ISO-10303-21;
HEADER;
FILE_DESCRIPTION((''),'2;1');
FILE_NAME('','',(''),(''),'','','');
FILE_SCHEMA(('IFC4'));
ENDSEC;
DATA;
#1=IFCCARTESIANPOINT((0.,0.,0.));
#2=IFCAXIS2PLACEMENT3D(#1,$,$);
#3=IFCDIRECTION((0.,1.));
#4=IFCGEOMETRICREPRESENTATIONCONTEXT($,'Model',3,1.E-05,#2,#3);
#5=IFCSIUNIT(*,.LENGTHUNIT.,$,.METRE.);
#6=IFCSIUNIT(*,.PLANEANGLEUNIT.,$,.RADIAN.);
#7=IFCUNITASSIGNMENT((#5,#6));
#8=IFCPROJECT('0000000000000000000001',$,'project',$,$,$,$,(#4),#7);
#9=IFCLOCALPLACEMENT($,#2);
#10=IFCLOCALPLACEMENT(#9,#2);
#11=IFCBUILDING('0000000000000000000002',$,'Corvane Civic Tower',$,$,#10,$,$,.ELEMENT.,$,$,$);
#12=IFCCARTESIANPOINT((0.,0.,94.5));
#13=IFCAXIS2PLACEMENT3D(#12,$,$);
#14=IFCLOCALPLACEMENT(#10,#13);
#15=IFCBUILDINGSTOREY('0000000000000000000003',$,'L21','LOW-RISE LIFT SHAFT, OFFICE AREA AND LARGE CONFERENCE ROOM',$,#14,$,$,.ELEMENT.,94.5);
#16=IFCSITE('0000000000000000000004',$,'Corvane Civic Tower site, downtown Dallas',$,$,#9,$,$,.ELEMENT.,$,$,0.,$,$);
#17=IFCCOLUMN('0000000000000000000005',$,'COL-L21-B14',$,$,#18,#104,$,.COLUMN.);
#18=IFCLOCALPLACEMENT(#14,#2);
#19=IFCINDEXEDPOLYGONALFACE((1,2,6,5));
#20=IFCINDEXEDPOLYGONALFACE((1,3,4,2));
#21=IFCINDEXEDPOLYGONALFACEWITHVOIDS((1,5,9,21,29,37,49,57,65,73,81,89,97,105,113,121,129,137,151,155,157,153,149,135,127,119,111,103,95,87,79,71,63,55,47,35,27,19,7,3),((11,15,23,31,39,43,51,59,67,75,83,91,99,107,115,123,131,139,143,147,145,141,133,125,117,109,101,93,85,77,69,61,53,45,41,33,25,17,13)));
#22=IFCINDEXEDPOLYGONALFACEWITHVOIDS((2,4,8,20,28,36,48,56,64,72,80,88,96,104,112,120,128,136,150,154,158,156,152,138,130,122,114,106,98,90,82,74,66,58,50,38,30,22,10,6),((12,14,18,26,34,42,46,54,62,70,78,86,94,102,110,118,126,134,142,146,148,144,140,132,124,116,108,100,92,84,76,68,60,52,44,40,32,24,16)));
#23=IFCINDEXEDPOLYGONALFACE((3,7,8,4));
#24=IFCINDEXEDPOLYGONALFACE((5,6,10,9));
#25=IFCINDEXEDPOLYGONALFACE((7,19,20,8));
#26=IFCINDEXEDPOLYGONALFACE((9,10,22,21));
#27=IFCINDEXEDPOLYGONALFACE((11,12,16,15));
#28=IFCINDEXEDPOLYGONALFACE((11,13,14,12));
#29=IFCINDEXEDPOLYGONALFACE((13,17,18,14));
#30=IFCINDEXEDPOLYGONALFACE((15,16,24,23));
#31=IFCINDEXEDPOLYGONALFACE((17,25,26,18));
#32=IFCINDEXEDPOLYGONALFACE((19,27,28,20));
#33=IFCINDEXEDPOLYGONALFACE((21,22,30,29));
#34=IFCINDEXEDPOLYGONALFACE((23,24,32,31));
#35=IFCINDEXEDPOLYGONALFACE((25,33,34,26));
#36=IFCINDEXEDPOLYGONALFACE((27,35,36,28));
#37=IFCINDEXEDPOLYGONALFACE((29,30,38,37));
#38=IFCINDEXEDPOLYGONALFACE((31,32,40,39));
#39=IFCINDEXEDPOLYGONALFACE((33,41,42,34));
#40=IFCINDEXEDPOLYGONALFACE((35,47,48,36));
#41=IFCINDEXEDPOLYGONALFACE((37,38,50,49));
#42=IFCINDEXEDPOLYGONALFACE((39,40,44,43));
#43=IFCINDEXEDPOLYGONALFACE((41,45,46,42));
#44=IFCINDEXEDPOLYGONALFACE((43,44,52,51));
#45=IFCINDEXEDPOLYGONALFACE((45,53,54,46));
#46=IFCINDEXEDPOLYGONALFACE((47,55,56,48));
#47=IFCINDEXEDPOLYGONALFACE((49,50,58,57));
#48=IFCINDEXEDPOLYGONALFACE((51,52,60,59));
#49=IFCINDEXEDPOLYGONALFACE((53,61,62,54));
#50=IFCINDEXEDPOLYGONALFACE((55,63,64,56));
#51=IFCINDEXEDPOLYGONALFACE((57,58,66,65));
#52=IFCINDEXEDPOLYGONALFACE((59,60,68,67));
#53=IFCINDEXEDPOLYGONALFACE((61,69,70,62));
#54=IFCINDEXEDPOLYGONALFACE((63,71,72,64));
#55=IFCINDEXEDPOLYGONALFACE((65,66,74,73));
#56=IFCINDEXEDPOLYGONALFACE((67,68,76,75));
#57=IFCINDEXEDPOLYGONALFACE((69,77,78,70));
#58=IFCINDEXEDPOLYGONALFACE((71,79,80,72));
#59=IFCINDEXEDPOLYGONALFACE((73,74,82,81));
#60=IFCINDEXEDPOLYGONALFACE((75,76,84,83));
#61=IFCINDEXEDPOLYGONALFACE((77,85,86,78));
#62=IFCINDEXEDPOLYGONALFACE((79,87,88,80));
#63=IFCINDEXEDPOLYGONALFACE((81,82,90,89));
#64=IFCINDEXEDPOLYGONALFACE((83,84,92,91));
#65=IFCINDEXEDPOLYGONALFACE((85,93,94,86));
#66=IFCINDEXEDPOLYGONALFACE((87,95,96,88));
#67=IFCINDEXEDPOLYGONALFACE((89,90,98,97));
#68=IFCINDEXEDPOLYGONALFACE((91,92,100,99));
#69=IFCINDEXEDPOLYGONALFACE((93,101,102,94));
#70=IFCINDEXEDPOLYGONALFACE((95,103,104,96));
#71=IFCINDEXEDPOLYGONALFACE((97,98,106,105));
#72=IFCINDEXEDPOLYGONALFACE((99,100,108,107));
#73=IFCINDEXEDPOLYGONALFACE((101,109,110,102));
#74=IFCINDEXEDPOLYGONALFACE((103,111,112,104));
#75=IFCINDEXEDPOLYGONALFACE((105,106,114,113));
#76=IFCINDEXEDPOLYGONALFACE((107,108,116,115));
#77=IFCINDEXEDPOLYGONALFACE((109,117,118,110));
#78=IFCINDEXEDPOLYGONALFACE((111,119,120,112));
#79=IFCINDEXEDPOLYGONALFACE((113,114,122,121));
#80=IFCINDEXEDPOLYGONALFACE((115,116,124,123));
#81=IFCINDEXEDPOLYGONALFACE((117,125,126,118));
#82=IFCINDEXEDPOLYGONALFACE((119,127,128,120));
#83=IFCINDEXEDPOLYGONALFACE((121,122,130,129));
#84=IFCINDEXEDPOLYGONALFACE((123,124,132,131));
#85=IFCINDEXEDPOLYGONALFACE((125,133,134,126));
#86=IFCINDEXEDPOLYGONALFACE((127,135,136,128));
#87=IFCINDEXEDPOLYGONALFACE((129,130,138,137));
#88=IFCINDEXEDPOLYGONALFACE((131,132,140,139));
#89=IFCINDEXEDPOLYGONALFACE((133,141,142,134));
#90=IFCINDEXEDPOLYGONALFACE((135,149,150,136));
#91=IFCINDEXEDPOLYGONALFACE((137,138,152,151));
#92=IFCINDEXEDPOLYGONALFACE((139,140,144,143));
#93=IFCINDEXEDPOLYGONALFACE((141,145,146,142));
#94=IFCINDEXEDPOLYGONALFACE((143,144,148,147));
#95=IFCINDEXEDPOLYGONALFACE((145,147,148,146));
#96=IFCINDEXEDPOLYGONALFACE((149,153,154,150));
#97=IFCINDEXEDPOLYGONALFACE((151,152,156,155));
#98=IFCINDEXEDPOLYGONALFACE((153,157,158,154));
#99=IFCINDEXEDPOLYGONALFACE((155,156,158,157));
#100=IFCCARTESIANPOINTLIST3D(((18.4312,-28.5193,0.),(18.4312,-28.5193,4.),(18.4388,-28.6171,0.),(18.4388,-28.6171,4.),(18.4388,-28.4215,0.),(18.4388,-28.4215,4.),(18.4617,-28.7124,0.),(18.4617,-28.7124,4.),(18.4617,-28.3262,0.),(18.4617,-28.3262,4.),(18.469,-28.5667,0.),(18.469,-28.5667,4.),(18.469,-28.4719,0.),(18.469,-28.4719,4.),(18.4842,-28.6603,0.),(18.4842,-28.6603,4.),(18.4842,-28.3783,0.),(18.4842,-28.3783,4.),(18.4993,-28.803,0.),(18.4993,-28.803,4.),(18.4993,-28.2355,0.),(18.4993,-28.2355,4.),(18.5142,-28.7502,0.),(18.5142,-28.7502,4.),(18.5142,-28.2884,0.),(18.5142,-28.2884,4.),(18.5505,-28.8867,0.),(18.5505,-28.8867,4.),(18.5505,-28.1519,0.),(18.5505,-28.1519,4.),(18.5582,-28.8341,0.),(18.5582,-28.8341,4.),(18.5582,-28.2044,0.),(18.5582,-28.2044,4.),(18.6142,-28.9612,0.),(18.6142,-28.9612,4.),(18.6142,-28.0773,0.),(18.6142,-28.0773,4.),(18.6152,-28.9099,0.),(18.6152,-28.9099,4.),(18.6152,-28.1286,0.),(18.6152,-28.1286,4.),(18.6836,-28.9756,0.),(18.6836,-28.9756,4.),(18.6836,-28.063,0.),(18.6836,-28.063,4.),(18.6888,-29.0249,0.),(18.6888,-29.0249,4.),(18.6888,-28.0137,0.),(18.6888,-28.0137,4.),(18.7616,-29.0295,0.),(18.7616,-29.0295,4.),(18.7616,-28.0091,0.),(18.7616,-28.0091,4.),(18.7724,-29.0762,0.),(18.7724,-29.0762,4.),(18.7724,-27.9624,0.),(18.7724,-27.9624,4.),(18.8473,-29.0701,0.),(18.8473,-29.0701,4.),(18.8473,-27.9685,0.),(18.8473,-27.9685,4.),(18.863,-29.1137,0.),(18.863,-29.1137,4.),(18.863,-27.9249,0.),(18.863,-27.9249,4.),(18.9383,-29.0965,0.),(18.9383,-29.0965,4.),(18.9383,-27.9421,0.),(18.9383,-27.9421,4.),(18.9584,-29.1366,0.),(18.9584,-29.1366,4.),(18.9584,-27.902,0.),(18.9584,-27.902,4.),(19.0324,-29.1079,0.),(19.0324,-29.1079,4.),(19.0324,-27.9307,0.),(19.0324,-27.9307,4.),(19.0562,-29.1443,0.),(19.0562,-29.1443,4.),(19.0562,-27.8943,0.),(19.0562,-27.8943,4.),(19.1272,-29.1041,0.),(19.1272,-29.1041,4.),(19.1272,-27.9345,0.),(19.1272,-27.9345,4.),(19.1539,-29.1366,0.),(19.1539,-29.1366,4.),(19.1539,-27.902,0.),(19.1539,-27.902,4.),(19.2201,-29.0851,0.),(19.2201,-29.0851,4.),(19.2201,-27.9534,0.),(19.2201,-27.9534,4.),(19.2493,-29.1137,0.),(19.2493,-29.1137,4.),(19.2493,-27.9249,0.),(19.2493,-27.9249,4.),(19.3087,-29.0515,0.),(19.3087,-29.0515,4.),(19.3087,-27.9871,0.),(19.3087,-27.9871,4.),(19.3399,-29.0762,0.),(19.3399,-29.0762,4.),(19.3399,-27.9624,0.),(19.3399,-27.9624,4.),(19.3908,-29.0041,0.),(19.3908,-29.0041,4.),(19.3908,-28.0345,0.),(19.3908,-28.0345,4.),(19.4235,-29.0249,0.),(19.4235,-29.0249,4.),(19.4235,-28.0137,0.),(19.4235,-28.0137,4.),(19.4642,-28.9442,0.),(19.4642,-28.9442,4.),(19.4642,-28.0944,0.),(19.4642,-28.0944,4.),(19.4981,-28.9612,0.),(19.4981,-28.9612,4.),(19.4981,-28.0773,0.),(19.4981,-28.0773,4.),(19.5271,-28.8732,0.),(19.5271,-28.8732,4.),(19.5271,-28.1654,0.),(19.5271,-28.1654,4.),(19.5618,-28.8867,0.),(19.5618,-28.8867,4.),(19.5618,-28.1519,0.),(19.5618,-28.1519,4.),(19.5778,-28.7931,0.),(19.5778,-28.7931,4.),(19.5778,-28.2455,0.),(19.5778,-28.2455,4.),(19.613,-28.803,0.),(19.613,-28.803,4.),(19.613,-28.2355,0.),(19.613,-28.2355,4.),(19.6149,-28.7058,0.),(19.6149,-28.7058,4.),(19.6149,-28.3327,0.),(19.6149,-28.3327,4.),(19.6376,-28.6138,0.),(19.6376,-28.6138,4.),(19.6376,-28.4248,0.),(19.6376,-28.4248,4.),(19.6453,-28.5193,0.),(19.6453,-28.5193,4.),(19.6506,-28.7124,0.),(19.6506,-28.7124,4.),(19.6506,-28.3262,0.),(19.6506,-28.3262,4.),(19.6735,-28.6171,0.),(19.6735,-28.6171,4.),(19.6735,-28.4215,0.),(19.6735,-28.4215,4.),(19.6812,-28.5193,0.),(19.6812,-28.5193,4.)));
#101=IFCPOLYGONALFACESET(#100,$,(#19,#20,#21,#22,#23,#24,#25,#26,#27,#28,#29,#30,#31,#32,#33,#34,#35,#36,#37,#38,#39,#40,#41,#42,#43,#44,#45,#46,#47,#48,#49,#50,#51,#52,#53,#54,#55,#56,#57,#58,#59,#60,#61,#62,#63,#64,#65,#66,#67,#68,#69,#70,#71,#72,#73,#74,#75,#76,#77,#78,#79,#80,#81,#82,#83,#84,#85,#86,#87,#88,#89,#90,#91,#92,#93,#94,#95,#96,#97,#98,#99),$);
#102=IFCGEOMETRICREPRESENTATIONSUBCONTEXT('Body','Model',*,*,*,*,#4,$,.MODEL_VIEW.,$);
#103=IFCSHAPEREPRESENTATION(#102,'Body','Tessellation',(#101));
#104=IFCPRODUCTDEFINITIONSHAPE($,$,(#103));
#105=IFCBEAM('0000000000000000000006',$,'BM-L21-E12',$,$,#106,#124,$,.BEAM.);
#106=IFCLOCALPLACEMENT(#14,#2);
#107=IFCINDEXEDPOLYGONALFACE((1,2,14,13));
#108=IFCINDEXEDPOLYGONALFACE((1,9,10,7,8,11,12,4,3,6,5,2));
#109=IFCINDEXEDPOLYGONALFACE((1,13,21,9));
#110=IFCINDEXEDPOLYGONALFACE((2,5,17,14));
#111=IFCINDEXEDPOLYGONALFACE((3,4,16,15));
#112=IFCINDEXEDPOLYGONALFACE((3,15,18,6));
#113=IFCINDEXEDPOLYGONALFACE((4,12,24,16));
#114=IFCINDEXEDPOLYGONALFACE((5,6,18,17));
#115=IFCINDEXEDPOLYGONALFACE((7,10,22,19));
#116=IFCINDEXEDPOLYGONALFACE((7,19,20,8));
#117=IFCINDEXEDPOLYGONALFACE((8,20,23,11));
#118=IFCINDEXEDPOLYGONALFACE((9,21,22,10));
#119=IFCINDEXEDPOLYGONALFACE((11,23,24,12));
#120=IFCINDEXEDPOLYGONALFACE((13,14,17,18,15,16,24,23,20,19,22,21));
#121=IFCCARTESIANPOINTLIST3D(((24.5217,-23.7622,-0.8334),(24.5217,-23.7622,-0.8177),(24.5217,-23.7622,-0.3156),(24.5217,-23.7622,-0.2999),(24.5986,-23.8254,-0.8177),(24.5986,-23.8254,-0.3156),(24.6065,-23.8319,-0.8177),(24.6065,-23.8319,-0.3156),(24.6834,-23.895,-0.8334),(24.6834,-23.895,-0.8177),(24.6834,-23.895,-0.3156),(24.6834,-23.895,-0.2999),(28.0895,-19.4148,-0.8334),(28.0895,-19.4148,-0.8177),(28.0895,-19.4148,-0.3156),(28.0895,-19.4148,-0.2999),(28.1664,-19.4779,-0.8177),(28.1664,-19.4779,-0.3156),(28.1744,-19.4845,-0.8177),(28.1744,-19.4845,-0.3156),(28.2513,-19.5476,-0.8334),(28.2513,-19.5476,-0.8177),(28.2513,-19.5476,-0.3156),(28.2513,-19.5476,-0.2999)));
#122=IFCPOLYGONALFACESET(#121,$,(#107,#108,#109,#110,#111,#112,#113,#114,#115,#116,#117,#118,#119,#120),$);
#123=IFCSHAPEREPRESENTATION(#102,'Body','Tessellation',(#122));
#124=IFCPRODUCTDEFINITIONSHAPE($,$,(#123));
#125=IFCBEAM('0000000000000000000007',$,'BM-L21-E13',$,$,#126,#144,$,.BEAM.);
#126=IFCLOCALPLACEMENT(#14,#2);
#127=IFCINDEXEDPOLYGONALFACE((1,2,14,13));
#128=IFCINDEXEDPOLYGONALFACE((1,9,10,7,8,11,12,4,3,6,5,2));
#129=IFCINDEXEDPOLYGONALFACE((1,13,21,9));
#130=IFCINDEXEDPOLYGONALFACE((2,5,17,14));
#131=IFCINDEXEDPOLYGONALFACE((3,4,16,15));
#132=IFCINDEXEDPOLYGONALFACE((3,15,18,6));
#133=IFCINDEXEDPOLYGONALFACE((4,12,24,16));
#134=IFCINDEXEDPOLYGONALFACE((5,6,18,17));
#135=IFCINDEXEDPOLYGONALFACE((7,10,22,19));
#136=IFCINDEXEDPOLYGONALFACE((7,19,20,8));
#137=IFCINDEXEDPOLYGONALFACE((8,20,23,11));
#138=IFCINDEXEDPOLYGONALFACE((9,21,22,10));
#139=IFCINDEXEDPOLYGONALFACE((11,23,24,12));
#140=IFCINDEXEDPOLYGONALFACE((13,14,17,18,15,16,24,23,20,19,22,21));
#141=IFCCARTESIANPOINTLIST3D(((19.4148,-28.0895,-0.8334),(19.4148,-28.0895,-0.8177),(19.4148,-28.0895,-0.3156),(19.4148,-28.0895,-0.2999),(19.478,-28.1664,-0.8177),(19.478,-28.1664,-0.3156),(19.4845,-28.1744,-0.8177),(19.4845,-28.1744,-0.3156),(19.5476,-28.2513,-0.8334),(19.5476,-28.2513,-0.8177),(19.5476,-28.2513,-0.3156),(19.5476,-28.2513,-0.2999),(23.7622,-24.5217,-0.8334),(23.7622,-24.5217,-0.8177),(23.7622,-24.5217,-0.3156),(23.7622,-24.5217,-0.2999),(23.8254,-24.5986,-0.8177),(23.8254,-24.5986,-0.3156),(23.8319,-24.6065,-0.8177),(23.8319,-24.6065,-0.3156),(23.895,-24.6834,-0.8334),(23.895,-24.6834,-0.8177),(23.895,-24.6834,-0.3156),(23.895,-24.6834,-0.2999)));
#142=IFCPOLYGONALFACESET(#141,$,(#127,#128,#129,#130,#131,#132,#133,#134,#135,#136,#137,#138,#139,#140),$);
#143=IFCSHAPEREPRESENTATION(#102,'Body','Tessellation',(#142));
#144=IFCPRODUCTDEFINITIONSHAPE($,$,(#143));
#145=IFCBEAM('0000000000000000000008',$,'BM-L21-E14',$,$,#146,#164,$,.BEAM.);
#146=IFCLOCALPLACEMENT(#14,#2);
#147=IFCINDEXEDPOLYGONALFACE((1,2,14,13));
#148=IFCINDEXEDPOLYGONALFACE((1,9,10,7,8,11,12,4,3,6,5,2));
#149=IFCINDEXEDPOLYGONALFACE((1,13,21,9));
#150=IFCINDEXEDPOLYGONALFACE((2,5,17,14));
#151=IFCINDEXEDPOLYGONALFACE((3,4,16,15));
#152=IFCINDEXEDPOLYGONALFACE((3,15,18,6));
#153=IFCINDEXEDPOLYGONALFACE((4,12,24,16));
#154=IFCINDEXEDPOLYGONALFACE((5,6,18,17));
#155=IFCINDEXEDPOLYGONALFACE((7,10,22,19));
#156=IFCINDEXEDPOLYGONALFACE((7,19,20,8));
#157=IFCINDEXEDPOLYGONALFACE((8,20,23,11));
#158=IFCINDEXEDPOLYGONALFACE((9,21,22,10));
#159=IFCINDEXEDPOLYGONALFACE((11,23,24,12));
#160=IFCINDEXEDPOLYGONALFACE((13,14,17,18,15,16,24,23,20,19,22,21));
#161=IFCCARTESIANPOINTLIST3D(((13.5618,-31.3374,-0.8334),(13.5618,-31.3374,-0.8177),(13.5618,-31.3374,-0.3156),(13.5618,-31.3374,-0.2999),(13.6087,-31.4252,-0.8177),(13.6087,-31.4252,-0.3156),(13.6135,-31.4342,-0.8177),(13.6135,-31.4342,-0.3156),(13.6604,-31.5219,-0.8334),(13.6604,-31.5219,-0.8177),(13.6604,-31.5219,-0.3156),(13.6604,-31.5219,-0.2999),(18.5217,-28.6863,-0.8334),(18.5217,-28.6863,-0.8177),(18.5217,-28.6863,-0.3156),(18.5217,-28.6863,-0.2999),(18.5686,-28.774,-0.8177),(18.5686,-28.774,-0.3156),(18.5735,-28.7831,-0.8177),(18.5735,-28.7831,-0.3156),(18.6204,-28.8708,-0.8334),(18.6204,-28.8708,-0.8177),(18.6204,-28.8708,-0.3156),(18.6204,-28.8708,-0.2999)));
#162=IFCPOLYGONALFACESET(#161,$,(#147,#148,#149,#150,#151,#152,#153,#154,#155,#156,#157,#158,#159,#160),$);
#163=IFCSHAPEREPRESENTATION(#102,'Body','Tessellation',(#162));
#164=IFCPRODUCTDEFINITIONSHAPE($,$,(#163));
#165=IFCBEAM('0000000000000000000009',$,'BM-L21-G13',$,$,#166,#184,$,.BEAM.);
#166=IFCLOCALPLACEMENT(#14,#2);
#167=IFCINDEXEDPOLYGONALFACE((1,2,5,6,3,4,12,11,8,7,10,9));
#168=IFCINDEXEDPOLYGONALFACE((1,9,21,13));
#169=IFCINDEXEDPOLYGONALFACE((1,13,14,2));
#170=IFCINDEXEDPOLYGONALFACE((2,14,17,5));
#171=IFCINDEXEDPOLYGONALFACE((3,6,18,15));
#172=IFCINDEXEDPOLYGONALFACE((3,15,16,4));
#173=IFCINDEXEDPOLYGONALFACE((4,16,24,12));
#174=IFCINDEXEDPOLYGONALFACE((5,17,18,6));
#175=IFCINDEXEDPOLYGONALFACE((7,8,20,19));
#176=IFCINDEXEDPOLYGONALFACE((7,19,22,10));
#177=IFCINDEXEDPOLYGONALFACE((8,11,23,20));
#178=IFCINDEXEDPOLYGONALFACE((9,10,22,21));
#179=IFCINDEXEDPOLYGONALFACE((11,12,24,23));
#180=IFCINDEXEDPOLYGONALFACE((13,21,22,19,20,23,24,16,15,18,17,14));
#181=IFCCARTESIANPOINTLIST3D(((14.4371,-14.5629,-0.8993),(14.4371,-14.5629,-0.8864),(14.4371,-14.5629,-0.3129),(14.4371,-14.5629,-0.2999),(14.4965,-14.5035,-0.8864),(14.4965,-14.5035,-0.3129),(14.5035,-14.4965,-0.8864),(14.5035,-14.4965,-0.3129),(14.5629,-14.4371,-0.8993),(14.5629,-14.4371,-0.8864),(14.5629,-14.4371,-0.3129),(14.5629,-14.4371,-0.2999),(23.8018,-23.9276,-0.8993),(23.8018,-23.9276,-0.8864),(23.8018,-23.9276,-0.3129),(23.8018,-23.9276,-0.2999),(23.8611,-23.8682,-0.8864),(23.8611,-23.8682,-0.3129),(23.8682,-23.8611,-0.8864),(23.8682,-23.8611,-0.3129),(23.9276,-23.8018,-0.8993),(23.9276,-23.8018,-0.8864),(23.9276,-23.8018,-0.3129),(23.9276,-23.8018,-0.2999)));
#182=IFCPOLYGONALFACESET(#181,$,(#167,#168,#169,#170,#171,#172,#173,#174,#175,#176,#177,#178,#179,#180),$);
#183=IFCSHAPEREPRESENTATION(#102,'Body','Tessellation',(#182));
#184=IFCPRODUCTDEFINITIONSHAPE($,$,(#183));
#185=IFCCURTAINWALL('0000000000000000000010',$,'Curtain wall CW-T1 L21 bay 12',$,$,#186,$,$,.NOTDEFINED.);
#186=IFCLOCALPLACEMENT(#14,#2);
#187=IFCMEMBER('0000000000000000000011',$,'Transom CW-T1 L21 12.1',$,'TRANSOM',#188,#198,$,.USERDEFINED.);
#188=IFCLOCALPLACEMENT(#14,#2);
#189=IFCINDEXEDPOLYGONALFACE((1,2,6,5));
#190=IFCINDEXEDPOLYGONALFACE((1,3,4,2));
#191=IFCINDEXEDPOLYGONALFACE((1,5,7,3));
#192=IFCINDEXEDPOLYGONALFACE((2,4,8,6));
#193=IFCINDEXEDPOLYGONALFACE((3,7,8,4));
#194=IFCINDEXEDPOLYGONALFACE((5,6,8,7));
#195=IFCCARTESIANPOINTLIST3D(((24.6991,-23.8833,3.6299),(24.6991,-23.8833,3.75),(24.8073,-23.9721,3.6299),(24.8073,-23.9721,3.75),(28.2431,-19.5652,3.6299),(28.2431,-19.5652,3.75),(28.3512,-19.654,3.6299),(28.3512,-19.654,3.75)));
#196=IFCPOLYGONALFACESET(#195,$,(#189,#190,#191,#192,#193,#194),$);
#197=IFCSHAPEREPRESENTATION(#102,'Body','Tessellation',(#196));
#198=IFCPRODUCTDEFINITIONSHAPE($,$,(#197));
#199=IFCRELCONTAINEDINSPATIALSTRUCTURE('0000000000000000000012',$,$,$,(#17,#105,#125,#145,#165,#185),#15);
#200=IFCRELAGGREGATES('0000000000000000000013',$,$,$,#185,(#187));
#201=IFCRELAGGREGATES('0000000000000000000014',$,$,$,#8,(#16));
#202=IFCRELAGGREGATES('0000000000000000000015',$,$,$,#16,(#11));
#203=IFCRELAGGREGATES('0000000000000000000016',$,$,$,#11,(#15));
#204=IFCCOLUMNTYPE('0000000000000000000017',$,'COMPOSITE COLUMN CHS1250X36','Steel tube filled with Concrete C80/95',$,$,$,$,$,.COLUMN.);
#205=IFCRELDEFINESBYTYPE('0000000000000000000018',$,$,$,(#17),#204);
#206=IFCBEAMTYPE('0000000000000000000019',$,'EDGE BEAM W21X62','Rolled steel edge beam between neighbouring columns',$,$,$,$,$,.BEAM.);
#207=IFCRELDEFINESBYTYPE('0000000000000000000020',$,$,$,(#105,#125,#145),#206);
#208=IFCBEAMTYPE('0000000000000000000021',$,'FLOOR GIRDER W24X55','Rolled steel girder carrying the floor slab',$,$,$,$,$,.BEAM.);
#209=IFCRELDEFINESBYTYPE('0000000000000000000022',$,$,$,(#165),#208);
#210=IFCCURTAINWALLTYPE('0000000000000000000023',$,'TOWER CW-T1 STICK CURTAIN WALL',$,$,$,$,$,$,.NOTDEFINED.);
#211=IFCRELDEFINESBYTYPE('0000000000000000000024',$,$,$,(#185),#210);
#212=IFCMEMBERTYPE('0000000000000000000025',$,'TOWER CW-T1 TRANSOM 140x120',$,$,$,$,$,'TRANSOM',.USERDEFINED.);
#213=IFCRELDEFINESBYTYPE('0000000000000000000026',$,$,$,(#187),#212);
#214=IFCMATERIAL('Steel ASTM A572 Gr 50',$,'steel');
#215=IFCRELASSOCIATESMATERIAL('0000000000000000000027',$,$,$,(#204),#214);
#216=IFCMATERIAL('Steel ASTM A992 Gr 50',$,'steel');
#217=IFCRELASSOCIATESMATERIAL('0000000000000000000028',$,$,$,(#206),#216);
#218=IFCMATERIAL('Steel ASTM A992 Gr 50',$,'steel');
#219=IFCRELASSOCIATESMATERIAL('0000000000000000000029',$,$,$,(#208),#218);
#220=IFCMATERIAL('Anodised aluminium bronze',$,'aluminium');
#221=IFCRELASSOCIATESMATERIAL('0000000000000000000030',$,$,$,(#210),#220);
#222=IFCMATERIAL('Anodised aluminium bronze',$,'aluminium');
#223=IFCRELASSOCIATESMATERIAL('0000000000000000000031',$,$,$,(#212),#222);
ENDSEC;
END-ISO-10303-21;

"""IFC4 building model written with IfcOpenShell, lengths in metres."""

from ifc_helpers import new_model, si_unit, direction, frame, origin, origin_2d, place, context, subcontext, project, spatial, rectangle, hollow_circle, i_section, extrude, material, material_profile, profile_set, type_object, element, aggregate, save


model = new_model("IFC4")

# Units and contexts
model_context = context("Model", 3, precision=1e-05, world=origin(), true_north=direction((0.0, 1.0)))
body_context = subcontext(model_context, "Body", "Model", "MODEL_VIEW")
ifc_project = project(units=[si_unit("LENGTHUNIT", "METRE"), si_unit("PLANEANGLEUNIT", "RADIAN")], contexts=[model_context])

# Site, building, storey
site_placement = place(None, origin())
site = spatial("IfcSite", under=ifc_project, at=site_placement, Name="Corvane Civic Tower site, downtown Dallas", CompositionType="ELEMENT", RefElevation=0.0)
building_placement = place(site_placement, origin())
building = spatial("IfcBuilding", under=site, at=building_placement, Name="Corvane Civic Tower", CompositionType="ELEMENT")
storey_placement = place(building_placement, frame((0.0, 0.0, 94.5)))
storey = spatial("IfcBuildingStorey", under=building, at=storey_placement, Name="L21", Description="LOW-RISE LIFT SHAFT, OFFICE AREA AND LARGE CONFERENCE ROOM", CompositionType="ELEMENT", Elevation=94.5)

# Column
ifc_material_1 = material(Name="Steel ASTM A572 Gr 50", Category="steel")
ifc_material_profile_1 = material_profile(ifc_material_1, hollow_circle(Radius=0.625, WallThickness=0.0359, at=origin_2d()), Name="CHS1250X36")
ifc_profile_set_1 = profile_set([ifc_material_profile_1], Name="Steel ASTM A572 Gr 50")
column_type = type_object("IfcColumnType", Name="COMPOSITE COLUMN CHS1250X36", Description="Steel tube filled with Concrete C80/95", PredefinedType="COLUMN", material=ifc_profile_set_1)
for number, where, z_axis, x_axis, name in (
    (1, (19.0562, -28.5193, 0.0), (0.0, 0.0, 1.0), (1.0, 0.0, 0.0), "COL-L21-B14"),
):
    element("IfcColumn", number, at=place(storey_placement, frame(where, z_axis=z_axis, x_axis=x_axis)), inside=storey, type_object=column_type, Name=name, PredefinedType="COLUMN", context=body_context, shape_type="SweptSolid", body=[
        extrude(hollow_circle(Radius=0.625, WallThickness=0.0359, at=origin_2d()), origin(), (0.0, 0.0, 1.0), 4.0),
    ])

# Beams
ifc_material_2 = material(Name="Steel ASTM A992 Gr 50", Category="steel")
ifc_material_profile_2 = material_profile(ifc_material_2, i_section(OverallWidth=0.2092, OverallDepth=0.5334, WebThickness=0.0103, FlangeThickness=0.0156, at=origin_2d()), Name="W21X62")
ifc_profile_set_2 = profile_set([ifc_material_profile_2], Name="Steel ASTM A992 Gr 50")
beam_type_1 = type_object("IfcBeamType", Name="EDGE BEAM W21X62", Description="Rolled steel edge beam between neighbouring columns", PredefinedType="BEAM", material=ifc_profile_set_2)
for number, where, z_axis, x_axis, name in (
    (2, (28.1704, -19.4812, -0.5667), (-0.634398, -0.773007, 0.0), (0.773007, -0.634398, 0.0), "BM-L21-E12"),
    (3, (23.8286, -24.6025, -0.5667), (-0.773007, -0.634398, 0.0), (0.634398, -0.773007, 0.0), "BM-L21-E13"),
    (4, (18.571, -28.7786, -0.5667), (-0.881924, -0.471392, 0.0), (0.471392, -0.881924, 0.0), "BM-L21-E14"),
):
    element("IfcBeam", number, at=place(storey_placement, frame(where, z_axis=z_axis, x_axis=x_axis)), inside=storey, type_object=beam_type_1, Name=name, PredefinedType="BEAM", context=body_context, shape_type="SweptSolid", body=[
        extrude(i_section(OverallWidth=0.2092, OverallDepth=0.5334, WebThickness=0.0103, FlangeThickness=0.0156, at=origin_2d()), origin(), (0.0, 0.0, 1.0), 5.624),
    ])
ifc_material_3 = material(Name="Steel ASTM A992 Gr 50", Category="steel")
ifc_material_profile_3 = material_profile(ifc_material_3, i_section(OverallWidth=0.178, OverallDepth=0.5994, WebThickness=0.01, FlangeThickness=0.0129, at=origin_2d()), Name="W24X55")
ifc_profile_set_3 = profile_set([ifc_material_profile_3], Name="Steel ASTM A992 Gr 50")
beam_type_2 = type_object("IfcBeamType", Name="FLOOR GIRDER W24X55", Description="Rolled steel girder carrying the floor slab", PredefinedType="BEAM", material=ifc_profile_set_3)
beam_placement = place(storey_placement, frame((14.5, -14.5, -0.5996), z_axis=(0.707107, -0.707107, 0.0), x_axis=(0.707107, 0.707107, 0.0)))
element("IfcBeam", 5, at=beam_placement, inside=storey, type_object=beam_type_2, Name="BM-L21-G13", PredefinedType="BEAM", context=body_context, shape_type="SweptSolid", body=[
    extrude(i_section(OverallWidth=0.178, OverallDepth=0.5994, WebThickness=0.01, FlangeThickness=0.0129, at=origin_2d()), origin(), (0.0, 0.0, 1.0), 13.2437),
])

# Curtain wall, member
ifc_material_4 = material(Name="Anodised aluminium bronze", Category="aluminium")
curtain_wall_type = type_object("IfcCurtainWallType", Name="TOWER CW-T1 STICK CURTAIN WALL", PredefinedType="NOTDEFINED", material=ifc_material_4)
curtain_wall_1_placement = place(storey_placement, origin())
curtain_wall_1 = element("IfcCurtainWall", 6, at=curtain_wall_1_placement, inside=storey, type_object=curtain_wall_type, Name="Curtain wall CW-T1 L21 bay 12", PredefinedType="NOTDEFINED")
ifc_material_5 = material(Name="Anodised aluminium bronze", Category="aluminium")
ifc_material_profile_4 = material_profile(ifc_material_5, rectangle(XDim=0.1399, YDim=0.1201, at=origin_2d()), Name="TOWER CW-T1 TRANSOM 140x120")
ifc_profile_set_4 = profile_set([ifc_material_profile_4], Name="Anodised aluminium bronze")
member_type = type_object("IfcMemberType", Name="TOWER CW-T1 TRANSOM 140x120", ElementType="TRANSOM", PredefinedType="USERDEFINED", material=ifc_profile_set_4)
member_1_placement = place(storey_placement, frame((28.2971, -19.6096, 3.6899), z_axis=(-0.63441, -0.772996, 0.0), x_axis=(0.772996, -0.63441, 0.0)))
member_1 = element("IfcMember", 7, at=member_1_placement, type_object=member_type, Name="Transom CW-T1 L21 12.1", ObjectType="TRANSOM", PredefinedType="USERDEFINED", context=body_context, shape_type="SweptSolid", body=[
    extrude(rectangle(XDim=0.1399, YDim=0.1201, at=origin_2d()), origin(), (0.0, 0.0, 1.0), 5.5862),
])

aggregate(curtain_wall_1, [member_1])

save(model, "model.ifc")
